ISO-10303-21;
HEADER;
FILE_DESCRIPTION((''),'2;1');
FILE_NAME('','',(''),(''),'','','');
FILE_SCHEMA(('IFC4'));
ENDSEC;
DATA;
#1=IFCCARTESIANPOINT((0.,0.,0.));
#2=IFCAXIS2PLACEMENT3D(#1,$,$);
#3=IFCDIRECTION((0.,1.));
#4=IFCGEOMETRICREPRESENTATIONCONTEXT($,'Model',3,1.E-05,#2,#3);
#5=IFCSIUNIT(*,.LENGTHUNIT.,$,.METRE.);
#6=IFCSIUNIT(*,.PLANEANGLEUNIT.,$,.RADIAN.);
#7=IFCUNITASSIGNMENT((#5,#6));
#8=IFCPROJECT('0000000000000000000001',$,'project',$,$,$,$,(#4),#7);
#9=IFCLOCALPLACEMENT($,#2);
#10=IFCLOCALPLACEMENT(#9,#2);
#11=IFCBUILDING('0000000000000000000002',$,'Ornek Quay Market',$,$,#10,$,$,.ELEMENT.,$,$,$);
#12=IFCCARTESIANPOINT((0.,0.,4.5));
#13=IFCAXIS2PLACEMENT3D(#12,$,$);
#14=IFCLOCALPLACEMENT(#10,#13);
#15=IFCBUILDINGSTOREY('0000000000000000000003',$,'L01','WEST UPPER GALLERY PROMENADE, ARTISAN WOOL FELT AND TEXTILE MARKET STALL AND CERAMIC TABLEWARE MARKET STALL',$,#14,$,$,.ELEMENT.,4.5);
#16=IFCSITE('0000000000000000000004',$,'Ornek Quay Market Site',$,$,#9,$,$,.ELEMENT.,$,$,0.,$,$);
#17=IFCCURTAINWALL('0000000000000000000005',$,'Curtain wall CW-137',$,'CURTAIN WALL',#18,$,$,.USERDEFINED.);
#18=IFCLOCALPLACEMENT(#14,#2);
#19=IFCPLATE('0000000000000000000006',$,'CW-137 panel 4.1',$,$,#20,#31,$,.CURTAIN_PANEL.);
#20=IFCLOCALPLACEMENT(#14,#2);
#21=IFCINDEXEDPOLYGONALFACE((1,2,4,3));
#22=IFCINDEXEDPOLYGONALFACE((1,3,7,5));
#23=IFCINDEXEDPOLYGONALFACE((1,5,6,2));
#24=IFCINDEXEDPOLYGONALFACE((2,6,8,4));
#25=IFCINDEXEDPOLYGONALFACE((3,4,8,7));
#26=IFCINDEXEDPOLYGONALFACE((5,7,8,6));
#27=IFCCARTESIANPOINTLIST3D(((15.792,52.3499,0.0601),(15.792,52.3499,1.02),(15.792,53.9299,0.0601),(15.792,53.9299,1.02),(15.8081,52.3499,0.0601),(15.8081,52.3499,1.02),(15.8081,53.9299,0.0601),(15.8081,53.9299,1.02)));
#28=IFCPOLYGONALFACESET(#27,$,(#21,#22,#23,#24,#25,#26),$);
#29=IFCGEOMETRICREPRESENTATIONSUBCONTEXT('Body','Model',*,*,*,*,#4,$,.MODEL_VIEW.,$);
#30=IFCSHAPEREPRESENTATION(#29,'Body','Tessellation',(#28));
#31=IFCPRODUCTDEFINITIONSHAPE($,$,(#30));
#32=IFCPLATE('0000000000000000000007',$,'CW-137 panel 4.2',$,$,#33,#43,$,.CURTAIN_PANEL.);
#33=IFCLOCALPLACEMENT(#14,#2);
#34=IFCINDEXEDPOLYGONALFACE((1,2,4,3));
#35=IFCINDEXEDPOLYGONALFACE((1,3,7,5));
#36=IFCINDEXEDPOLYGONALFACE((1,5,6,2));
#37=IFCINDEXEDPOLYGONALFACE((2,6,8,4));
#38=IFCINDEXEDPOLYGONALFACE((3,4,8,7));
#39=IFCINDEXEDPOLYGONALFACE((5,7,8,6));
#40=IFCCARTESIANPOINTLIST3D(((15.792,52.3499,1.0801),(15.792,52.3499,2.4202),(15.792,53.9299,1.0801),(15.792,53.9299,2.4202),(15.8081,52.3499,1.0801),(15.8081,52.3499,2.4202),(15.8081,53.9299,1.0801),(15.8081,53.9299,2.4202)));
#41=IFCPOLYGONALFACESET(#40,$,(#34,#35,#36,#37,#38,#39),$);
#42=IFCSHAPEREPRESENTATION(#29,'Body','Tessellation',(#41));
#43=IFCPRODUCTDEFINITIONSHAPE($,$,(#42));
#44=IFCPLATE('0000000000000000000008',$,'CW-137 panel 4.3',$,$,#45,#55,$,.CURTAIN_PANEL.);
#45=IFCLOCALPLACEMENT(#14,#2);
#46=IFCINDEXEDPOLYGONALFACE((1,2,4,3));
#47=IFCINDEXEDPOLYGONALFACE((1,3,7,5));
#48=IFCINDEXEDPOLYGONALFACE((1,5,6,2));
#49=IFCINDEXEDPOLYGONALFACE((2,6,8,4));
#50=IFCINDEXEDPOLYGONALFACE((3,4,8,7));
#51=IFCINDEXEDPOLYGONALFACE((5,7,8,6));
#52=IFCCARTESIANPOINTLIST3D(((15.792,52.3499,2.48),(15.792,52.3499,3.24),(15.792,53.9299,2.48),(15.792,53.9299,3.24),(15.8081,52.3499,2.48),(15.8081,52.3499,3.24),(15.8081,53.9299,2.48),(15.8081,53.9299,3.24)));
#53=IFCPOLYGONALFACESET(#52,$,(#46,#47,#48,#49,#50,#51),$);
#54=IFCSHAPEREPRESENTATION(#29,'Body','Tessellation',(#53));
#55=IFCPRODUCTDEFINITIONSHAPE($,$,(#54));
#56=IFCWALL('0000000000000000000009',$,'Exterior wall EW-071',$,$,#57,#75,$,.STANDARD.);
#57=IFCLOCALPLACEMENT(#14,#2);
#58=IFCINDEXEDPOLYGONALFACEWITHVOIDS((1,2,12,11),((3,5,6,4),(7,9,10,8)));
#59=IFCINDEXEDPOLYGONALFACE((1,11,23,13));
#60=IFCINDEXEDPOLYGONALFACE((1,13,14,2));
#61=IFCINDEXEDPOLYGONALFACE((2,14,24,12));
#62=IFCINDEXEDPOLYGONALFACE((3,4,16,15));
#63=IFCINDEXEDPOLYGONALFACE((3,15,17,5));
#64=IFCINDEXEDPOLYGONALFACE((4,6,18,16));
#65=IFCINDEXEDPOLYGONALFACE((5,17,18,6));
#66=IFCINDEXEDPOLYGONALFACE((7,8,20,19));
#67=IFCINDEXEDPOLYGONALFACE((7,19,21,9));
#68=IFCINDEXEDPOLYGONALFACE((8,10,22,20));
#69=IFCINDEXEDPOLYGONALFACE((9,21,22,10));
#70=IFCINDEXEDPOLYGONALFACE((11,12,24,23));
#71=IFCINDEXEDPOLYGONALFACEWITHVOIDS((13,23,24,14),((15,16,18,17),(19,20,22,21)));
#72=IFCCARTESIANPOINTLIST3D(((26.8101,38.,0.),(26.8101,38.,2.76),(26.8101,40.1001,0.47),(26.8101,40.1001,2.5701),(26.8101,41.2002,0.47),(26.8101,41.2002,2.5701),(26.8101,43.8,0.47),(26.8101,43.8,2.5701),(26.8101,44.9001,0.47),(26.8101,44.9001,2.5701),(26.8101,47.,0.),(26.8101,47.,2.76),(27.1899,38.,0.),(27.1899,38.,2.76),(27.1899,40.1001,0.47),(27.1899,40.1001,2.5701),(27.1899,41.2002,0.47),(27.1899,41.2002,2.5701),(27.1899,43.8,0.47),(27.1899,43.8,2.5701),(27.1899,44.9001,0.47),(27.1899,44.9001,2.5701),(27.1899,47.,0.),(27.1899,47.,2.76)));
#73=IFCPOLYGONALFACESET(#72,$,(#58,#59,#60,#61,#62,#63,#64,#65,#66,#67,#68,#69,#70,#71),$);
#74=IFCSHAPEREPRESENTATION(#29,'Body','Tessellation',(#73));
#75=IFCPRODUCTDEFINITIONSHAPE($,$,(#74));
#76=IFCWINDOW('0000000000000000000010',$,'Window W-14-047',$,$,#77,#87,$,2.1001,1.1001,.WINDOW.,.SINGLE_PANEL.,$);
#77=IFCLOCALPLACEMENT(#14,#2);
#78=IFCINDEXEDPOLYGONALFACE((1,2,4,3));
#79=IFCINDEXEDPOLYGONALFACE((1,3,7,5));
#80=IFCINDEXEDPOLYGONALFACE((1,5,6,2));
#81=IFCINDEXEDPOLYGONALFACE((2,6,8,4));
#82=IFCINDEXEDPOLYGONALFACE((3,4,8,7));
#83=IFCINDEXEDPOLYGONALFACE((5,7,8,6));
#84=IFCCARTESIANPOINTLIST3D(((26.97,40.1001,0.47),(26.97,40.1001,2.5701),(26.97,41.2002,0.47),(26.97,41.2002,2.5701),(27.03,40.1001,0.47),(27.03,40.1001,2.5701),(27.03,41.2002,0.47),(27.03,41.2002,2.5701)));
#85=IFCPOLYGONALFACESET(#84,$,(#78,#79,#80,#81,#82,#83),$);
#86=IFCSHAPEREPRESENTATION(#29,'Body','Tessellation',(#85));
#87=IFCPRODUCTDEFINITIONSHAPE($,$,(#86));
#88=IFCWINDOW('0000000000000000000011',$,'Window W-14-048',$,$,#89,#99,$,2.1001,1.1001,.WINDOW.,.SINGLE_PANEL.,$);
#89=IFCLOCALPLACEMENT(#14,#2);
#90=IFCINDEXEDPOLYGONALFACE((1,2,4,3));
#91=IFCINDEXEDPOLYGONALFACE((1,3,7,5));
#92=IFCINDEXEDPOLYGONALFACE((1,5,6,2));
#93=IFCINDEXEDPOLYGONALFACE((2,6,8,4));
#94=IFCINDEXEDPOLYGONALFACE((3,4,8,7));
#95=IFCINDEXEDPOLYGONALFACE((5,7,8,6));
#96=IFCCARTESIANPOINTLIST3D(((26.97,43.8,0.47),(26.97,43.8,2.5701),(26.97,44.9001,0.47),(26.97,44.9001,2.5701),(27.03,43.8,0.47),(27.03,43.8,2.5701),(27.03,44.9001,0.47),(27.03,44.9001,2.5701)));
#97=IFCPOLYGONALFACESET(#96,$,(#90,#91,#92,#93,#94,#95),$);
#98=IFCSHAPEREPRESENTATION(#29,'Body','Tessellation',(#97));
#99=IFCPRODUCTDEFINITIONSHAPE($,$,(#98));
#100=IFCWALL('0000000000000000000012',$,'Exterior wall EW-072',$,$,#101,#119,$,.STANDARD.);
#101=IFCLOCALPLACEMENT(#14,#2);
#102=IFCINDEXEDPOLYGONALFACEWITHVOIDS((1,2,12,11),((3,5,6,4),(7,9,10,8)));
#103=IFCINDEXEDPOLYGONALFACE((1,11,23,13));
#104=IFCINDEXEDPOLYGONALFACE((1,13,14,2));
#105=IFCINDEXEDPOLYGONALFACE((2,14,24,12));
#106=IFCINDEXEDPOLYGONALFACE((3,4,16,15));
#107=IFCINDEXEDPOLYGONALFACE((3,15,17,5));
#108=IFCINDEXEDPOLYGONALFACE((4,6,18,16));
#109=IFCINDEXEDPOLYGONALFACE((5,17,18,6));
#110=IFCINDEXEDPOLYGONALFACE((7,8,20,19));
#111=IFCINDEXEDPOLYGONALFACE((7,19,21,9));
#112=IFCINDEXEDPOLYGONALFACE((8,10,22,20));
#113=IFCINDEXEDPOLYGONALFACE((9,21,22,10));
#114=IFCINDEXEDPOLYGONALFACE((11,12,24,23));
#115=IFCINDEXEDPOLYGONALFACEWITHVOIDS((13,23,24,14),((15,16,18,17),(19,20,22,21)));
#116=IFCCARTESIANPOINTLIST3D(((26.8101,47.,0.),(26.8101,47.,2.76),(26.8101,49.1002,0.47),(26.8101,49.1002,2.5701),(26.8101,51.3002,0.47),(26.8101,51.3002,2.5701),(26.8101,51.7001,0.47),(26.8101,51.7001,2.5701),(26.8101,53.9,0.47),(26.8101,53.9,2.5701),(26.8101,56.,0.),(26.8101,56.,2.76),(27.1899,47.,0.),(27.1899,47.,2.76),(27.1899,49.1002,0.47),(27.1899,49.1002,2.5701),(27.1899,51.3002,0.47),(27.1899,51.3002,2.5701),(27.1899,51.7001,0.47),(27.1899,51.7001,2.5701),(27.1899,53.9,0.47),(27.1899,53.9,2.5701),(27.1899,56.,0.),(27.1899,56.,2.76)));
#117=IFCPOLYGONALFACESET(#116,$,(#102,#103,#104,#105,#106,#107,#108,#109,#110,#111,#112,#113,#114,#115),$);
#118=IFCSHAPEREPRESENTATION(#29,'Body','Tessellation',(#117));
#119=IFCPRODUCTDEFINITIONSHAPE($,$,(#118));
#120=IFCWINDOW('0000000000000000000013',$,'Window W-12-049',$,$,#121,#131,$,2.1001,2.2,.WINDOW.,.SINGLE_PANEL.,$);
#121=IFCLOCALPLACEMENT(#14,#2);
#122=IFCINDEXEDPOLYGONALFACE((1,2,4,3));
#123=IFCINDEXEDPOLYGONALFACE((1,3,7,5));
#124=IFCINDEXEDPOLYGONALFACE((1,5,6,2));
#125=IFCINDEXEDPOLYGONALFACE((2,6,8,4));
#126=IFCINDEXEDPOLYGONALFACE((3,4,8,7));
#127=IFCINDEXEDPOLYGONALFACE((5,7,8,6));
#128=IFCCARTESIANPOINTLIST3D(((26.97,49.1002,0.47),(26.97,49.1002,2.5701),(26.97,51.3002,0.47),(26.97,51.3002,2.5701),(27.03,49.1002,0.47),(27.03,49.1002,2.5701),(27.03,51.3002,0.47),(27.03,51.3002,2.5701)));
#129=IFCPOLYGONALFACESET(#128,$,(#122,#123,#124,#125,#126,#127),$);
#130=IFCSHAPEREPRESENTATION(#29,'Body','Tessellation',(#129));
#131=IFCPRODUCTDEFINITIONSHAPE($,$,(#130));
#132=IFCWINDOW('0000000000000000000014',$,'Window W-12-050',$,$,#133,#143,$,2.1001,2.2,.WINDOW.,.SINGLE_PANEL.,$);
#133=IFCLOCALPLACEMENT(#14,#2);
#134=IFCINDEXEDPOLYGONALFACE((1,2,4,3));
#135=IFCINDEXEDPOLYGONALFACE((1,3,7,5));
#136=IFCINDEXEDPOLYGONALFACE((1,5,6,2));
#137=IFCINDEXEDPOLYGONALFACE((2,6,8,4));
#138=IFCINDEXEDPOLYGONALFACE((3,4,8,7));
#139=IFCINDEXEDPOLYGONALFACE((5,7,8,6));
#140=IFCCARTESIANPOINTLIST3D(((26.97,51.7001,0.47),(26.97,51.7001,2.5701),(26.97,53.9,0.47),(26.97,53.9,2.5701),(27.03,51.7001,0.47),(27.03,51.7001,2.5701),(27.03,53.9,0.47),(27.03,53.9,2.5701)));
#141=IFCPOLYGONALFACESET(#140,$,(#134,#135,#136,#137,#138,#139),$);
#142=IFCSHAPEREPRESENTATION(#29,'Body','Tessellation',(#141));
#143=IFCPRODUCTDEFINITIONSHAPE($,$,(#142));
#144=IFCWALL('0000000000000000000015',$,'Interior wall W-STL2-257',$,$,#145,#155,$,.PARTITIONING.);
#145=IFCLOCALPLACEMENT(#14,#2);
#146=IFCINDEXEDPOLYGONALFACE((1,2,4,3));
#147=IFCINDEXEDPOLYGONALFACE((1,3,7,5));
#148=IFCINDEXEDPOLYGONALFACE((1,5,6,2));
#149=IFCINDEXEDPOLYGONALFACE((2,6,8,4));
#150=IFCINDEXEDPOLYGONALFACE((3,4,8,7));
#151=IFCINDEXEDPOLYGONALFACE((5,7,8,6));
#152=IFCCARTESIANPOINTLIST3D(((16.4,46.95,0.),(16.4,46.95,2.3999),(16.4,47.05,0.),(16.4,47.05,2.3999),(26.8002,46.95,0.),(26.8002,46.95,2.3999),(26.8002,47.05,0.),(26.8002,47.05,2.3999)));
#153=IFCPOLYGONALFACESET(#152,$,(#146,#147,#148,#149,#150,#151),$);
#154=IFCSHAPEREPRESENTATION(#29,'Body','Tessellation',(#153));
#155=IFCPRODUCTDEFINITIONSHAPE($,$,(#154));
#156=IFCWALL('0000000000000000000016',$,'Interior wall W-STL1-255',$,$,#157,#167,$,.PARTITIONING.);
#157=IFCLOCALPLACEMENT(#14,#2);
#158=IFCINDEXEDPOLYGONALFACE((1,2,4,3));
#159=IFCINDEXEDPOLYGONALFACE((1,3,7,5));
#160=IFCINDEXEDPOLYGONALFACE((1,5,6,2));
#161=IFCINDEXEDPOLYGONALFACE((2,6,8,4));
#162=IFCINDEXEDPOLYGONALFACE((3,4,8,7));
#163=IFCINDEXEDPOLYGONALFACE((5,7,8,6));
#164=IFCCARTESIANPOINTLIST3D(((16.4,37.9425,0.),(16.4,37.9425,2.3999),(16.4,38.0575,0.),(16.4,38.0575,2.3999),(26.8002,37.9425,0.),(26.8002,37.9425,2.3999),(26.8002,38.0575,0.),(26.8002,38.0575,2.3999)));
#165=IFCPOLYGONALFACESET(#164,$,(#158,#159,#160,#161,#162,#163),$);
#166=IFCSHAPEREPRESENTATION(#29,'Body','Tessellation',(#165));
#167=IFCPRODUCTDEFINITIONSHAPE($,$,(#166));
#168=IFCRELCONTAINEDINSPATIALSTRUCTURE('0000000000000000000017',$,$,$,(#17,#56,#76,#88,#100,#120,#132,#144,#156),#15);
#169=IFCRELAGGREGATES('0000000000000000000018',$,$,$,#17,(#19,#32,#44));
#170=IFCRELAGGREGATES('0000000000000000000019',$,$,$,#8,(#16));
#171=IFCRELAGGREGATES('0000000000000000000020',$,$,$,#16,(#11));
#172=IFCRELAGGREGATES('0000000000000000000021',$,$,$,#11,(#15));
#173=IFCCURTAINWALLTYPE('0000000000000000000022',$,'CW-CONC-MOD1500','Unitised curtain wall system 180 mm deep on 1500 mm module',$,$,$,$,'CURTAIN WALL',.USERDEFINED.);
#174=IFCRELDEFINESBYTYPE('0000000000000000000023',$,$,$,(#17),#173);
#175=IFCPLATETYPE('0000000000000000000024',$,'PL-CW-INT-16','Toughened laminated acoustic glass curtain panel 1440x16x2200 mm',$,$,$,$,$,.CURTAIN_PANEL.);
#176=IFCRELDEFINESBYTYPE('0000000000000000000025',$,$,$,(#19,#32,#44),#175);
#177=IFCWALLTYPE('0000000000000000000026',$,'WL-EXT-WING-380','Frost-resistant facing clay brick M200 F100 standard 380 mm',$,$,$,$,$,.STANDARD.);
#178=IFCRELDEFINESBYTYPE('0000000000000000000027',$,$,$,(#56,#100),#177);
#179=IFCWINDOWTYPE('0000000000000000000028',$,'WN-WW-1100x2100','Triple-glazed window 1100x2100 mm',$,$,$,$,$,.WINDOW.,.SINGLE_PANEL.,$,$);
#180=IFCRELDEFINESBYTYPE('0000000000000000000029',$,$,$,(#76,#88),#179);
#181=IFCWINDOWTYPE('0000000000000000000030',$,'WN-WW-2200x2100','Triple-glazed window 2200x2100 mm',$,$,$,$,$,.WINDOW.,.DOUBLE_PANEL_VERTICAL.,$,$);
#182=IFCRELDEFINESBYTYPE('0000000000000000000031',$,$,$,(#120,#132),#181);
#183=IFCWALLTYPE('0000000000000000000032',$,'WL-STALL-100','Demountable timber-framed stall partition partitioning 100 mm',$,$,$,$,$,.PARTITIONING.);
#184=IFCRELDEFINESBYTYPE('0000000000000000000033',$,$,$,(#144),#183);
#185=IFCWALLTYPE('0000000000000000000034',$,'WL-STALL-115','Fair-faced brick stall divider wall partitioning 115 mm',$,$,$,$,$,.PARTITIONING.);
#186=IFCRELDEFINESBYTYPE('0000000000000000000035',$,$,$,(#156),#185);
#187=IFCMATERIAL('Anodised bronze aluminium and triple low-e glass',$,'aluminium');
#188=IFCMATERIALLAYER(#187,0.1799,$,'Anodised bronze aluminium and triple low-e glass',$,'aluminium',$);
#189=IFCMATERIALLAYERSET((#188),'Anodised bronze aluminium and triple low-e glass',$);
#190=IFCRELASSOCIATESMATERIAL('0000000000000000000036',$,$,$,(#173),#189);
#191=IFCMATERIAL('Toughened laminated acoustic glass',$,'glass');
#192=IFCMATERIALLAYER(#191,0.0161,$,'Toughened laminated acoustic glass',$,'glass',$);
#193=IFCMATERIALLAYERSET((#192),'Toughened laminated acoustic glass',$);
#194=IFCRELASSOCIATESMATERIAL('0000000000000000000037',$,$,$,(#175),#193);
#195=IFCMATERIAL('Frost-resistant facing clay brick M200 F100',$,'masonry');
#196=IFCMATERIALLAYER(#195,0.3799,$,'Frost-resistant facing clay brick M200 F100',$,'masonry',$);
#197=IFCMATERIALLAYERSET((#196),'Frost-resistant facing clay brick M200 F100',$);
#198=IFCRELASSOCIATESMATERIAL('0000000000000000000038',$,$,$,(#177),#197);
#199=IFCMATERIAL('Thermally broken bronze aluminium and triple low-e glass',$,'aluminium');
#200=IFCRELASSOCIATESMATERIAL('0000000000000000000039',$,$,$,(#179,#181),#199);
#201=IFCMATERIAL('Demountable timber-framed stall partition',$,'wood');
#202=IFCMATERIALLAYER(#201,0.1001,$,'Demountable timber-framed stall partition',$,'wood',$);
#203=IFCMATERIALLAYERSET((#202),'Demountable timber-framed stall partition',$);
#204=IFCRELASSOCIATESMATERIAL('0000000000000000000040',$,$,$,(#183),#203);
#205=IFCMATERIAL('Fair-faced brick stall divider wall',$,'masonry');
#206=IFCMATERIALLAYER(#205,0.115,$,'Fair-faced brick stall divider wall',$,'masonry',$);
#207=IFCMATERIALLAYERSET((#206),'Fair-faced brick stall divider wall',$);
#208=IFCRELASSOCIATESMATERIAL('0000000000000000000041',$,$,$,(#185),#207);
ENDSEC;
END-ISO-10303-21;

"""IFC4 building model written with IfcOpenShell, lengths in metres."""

from ifc_helpers import new_model, si_unit, direction, frame, frame_2d, origin, origin_2d, place, context, subcontext, project, spatial, rectangle, extrude, material, layer, layer_set, type_object, element, fill, aggregate, save


model = new_model("IFC4")

# Units and contexts
model_context = context("Model", 3, precision=1e-05, world=origin(), true_north=direction((0.0, 1.0)))
body_context = subcontext(model_context, "Body", "Model", "MODEL_VIEW")
ifc_project = project(units=[si_unit("LENGTHUNIT", "METRE"), si_unit("PLANEANGLEUNIT", "RADIAN")], contexts=[model_context])

# Site, building, storey
site_placement = place(None, origin())
site = spatial("IfcSite", under=ifc_project, at=site_placement, Name="Ornek Quay Market Site", CompositionType="ELEMENT", RefElevation=0.0)
building_placement = place(site_placement, origin())
building = spatial("IfcBuilding", under=site, at=building_placement, Name="Ornek Quay Market", CompositionType="ELEMENT")
storey_placement = place(building_placement, frame((0.0, 0.0, 4.5)))
storey = spatial("IfcBuildingStorey", under=building, at=storey_placement, Name="L01", Description="WEST UPPER GALLERY PROMENADE, ARTISAN WOOL FELT AND TEXTILE MARKET STALL AND CERAMIC TABLEWARE MARKET STALL", CompositionType="ELEMENT", Elevation=4.5)

# Curtain wall, plates
ifc_material_1 = material(Name="Anodised bronze aluminium and triple low-e glass", Category="aluminium")
ifc_layer_1 = layer(ifc_material_1, 0.1799, Name="Anodised bronze aluminium and triple low-e glass", Category="aluminium")
ifc_layer_set_1 = layer_set([ifc_layer_1], Name="Anodised bronze aluminium and triple low-e glass")
curtain_wall_type = type_object("IfcCurtainWallType", Name="CW-CONC-MOD1500", Description="Unitised curtain wall system 180 mm deep on 1500 mm module", ElementType="CURTAIN WALL", PredefinedType="USERDEFINED", material=ifc_layer_set_1)
curtain_wall_placement = place(storey_placement, origin())
curtain_wall = element("IfcCurtainWall", 1, at=curtain_wall_placement, inside=storey, type_object=curtain_wall_type, Name="Curtain wall CW-137", ObjectType="CURTAIN WALL", PredefinedType="USERDEFINED")
ifc_material_2 = material(Name="Toughened laminated acoustic glass", Category="glass")
ifc_layer_2 = layer(ifc_material_2, 0.0161, Name="Toughened laminated acoustic glass", Category="glass")
ifc_layer_set_2 = layer_set([ifc_layer_2], Name="Toughened laminated acoustic glass")
plate_type = type_object("IfcPlateType", Name="PL-CW-INT-16", Description="Toughened laminated acoustic glass curtain panel 1440x16x2200 mm", PredefinedType="CURTAIN_PANEL", material=ifc_layer_set_2)
plate_1_placement = place(storey_placement, frame((15.8, 53.1399, 0.0601), z_axis=(0.0, 0.0, 1.0), x_axis=(0.0, 1.0, 0.0)))
plate_1 = element("IfcPlate", 2, at=plate_1_placement, type_object=plate_type, Name="CW-137 panel 4.1", PredefinedType="CURTAIN_PANEL", context=body_context, shape_type="SweptSolid", body=[
    extrude(rectangle(XDim=1.5801, YDim=0.0161, at=origin_2d()), origin(), (0.0, 0.0, 1.0), 0.96),
])
plate_2_placement = place(storey_placement, frame((15.8, 53.1399, 1.0801), z_axis=(0.0, 0.0, 1.0), x_axis=(0.0, 1.0, 0.0)))
plate_2 = element("IfcPlate", 3, at=plate_2_placement, type_object=plate_type, Name="CW-137 panel 4.2", PredefinedType="CURTAIN_PANEL", context=body_context, shape_type="SweptSolid", body=[
    extrude(rectangle(XDim=1.5801, YDim=0.0161, at=origin_2d()), origin(), (0.0, 0.0, 1.0), 1.3401),
])
plate_3_placement = place(storey_placement, frame((15.8, 53.1399, 2.48), z_axis=(0.0, 0.0, 1.0), x_axis=(0.0, 1.0, 0.0)))
plate_3 = element("IfcPlate", 4, at=plate_3_placement, type_object=plate_type, Name="CW-137 panel 4.3", PredefinedType="CURTAIN_PANEL", context=body_context, shape_type="SweptSolid", body=[
    extrude(rectangle(XDim=1.5801, YDim=0.0161, at=origin_2d()), origin(), (0.0, 0.0, 1.0), 0.76),
])
aggregate(curtain_wall, [plate_1, plate_2, plate_3])

# Walls, openings, windows
ifc_material_3 = material(Name="Frost-resistant facing clay brick M200 F100", Category="masonry")
ifc_layer_3 = layer(ifc_material_3, 0.3799, Name="Frost-resistant facing clay brick M200 F100", Category="masonry")
ifc_layer_set_3 = layer_set([ifc_layer_3], Name="Frost-resistant facing clay brick M200 F100")
wall_type_1 = type_object("IfcWallType", Name="WL-EXT-WING-380", Description="Frost-resistant facing clay brick M200 F100 standard 380 mm", PredefinedType="STANDARD", material=ifc_layer_set_3)
wall_1_placement = place(storey_placement, frame((27.0, 38.0, 0.0), z_axis=(0.0, 0.0, 1.0), x_axis=(0.0, 1.0, 0.0)))
wall_1 = element("IfcWall", 5, at=wall_1_placement, inside=storey, type_object=wall_type_1, Name="Exterior wall EW-071", PredefinedType="STANDARD", context=body_context, shape_type="SweptSolid", body=[
    extrude(rectangle(XDim=9.0, YDim=0.3799, at=frame_2d((4.5, 0.0))), origin(), (0.0, 0.0, 1.0), 2.76),
])
opening_1_placement = place(wall_1_placement, frame((2.1001, 0.0, 0.47)))
opening_1 = element("IfcOpeningElement", 6, at=opening_1_placement, cuts=wall_1, PredefinedType="OPENING", context=body_context, shape_type="SweptSolid", body=[
    extrude(rectangle(XDim=1.1001, YDim=2.1001, at=frame_2d((0.55, 1.05))), frame((0.0, 0.2, 0.0), z_axis=(0.0, -1.0, 0.0), x_axis=(1.0, 0.0, 0.0)), (0.0, 0.0, 1.0), 0.3999),
])
opening_2_placement = place(wall_1_placement, frame((5.8, 0.0, 0.47)))
opening_2 = element("IfcOpeningElement", 7, at=opening_2_placement, cuts=wall_1, PredefinedType="OPENING", context=body_context, shape_type="SweptSolid", body=[
    extrude(rectangle(XDim=1.1001, YDim=2.1001, at=frame_2d((0.55, 1.05))), frame((0.0, 0.2, 0.0), z_axis=(0.0, -1.0, 0.0), x_axis=(1.0, 0.0, 0.0)), (0.0, 0.0, 1.0), 0.3999),
])
ifc_material_4 = material(Name="Thermally broken bronze aluminium and triple low-e glass", Category="aluminium")
window_type_1 = type_object("IfcWindowType", Name="WN-WW-1100x2100", Description="Triple-glazed window 1100x2100 mm", PartitioningType="SINGLE_PANEL", PredefinedType="WINDOW", material=ifc_material_4)
window_1_placement = place(opening_1_placement, origin())
window_1 = element("IfcWindow", 8, at=window_1_placement, inside=storey, type_object=window_type_1, Name="Window W-14-047", OverallHeight=2.1001, OverallWidth=1.1001, PartitioningType="SINGLE_PANEL", PredefinedType="WINDOW", context=body_context, shape_type="SweptSolid", body=[
    extrude(rectangle(XDim=1.1001, YDim=2.1001, at=frame_2d((0.55, 1.05))), frame((0.0, 0.03, 0.0), z_axis=(0.0, -1.0, 0.0), x_axis=(1.0, 0.0, 0.0)), (0.0, 0.0, 1.0), 0.0601),
])
fill(opening_1, window_1)
window_2_placement = place(opening_2_placement, origin())
window_2 = element("IfcWindow", 9, at=window_2_placement, inside=storey, type_object=window_type_1, Name="Window W-14-048", OverallHeight=2.1001, OverallWidth=1.1001, PartitioningType="SINGLE_PANEL", PredefinedType="WINDOW", context=body_context, shape_type="SweptSolid", body=[
    extrude(rectangle(XDim=1.1001, YDim=2.1001, at=frame_2d((0.55, 1.05))), frame((0.0, 0.03, 0.0), z_axis=(0.0, -1.0, 0.0), x_axis=(1.0, 0.0, 0.0)), (0.0, 0.0, 1.0), 0.0601),
])
fill(opening_2, window_2)
wall_2_placement = place(storey_placement, frame((27.0, 47.0, 0.0), z_axis=(0.0, 0.0, 1.0), x_axis=(0.0, 1.0, 0.0)))
wall_2 = element("IfcWall", 10, at=wall_2_placement, inside=storey, type_object=wall_type_1, Name="Exterior wall EW-072", PredefinedType="STANDARD", context=body_context, shape_type="SweptSolid", body=[
    extrude(rectangle(XDim=9.0, YDim=0.3799, at=frame_2d((4.5, 0.0))), origin(), (0.0, 0.0, 1.0), 2.76),
])
opening_3_placement = place(wall_2_placement, frame((2.1001, 0.0, 0.47)))
opening_3 = element("IfcOpeningElement", 11, at=opening_3_placement, cuts=wall_2, PredefinedType="OPENING", context=body_context, shape_type="SweptSolid", body=[
    extrude(rectangle(XDim=2.2, YDim=2.1001, at=frame_2d((1.1001, 1.05))), frame((0.0, 0.2, 0.0), z_axis=(0.0, -1.0, 0.0), x_axis=(1.0, 0.0, 0.0)), (0.0, 0.0, 1.0), 0.3999),
])
opening_4_placement = place(wall_2_placement, frame((4.7, 0.0, 0.47)))
opening_4 = element("IfcOpeningElement", 12, at=opening_4_placement, cuts=wall_2, PredefinedType="OPENING", context=body_context, shape_type="SweptSolid", body=[
    extrude(rectangle(XDim=2.2, YDim=2.1001, at=frame_2d((1.1001, 1.05))), frame((0.0, 0.2, 0.0), z_axis=(0.0, -1.0, 0.0), x_axis=(1.0, 0.0, 0.0)), (0.0, 0.0, 1.0), 0.3999),
])
window_type_2 = type_object("IfcWindowType", Name="WN-WW-2200x2100", Description="Triple-glazed window 2200x2100 mm", PartitioningType="DOUBLE_PANEL_VERTICAL", PredefinedType="WINDOW", material=ifc_material_4)
window_3_placement = place(opening_3_placement, origin())
window_3 = element("IfcWindow", 13, at=window_3_placement, inside=storey, type_object=window_type_2, Name="Window W-12-049", OverallHeight=2.1001, OverallWidth=2.2, PartitioningType="SINGLE_PANEL", PredefinedType="WINDOW", context=body_context, shape_type="SweptSolid", body=[
    extrude(rectangle(XDim=2.2, YDim=2.1001, at=frame_2d((1.1001, 1.05))), frame((0.0, 0.03, 0.0), z_axis=(0.0, -1.0, 0.0), x_axis=(1.0, 0.0, 0.0)), (0.0, 0.0, 1.0), 0.0601),
])
fill(opening_3, window_3)
window_4_placement = place(opening_4_placement, origin())
window_4 = element("IfcWindow", 14, at=window_4_placement, inside=storey, type_object=window_type_2, Name="Window W-12-050", OverallHeight=2.1001, OverallWidth=2.2, PartitioningType="SINGLE_PANEL", PredefinedType="WINDOW", context=body_context, shape_type="SweptSolid", body=[
    extrude(rectangle(XDim=2.2, YDim=2.1001, at=frame_2d((1.1001, 1.05))), frame((0.0, 0.03, 0.0), z_axis=(0.0, -1.0, 0.0), x_axis=(1.0, 0.0, 0.0)), (0.0, 0.0, 1.0), 0.0601),
])
fill(opening_4, window_4)

# Walls
ifc_material_5 = material(Name="Demountable timber-framed stall partition", Category="wood")
ifc_layer_4 = layer(ifc_material_5, 0.1001, Name="Demountable timber-framed stall partition", Category="wood")
ifc_layer_set_4 = layer_set([ifc_layer_4], Name="Demountable timber-framed stall partition")
wall_type_2 = type_object("IfcWallType", Name="WL-STALL-100", Description="Demountable timber-framed stall partition partitioning 100 mm", PredefinedType="PARTITIONING", material=ifc_layer_set_4)
wall_3_placement = place(storey_placement, frame((16.3999, 47.0, 0.0), z_axis=(0.0, 0.0, 1.0), x_axis=(1.0, 0.0, 0.0)))
element("IfcWall", 15, at=wall_3_placement, inside=storey, type_object=wall_type_2, Name="Interior wall W-STL2-257", PredefinedType="PARTITIONING", context=body_context, shape_type="SweptSolid", body=[
    extrude(rectangle(XDim=10.4001, YDim=0.1001, at=frame_2d((5.2002, 0.0))), origin(), (0.0, 0.0, 1.0), 2.3999),
])
ifc_material_6 = material(Name="Fair-faced brick stall divider wall", Category="masonry")
ifc_layer_5 = layer(ifc_material_6, 0.115, Name="Fair-faced brick stall divider wall", Category="masonry")
ifc_layer_set_5 = layer_set([ifc_layer_5], Name="Fair-faced brick stall divider wall")
wall_type_3 = type_object("IfcWallType", Name="WL-STALL-115", Description="Fair-faced brick stall divider wall partitioning 115 mm", PredefinedType="PARTITIONING", material=ifc_layer_set_5)
wall_4_placement = place(storey_placement, frame((16.3999, 38.0, 0.0), z_axis=(0.0, 0.0, 1.0), x_axis=(1.0, 0.0, 0.0)))
element("IfcWall", 16, at=wall_4_placement, inside=storey, type_object=wall_type_3, Name="Interior wall W-STL1-255", PredefinedType="PARTITIONING", context=body_context, shape_type="SweptSolid", body=[
    extrude(rectangle(XDim=10.4001, YDim=0.115, at=frame_2d((5.2002, 0.0))), origin(), (0.0, 0.0, 1.0), 2.3999),
])

save(model, "model.ifc")
